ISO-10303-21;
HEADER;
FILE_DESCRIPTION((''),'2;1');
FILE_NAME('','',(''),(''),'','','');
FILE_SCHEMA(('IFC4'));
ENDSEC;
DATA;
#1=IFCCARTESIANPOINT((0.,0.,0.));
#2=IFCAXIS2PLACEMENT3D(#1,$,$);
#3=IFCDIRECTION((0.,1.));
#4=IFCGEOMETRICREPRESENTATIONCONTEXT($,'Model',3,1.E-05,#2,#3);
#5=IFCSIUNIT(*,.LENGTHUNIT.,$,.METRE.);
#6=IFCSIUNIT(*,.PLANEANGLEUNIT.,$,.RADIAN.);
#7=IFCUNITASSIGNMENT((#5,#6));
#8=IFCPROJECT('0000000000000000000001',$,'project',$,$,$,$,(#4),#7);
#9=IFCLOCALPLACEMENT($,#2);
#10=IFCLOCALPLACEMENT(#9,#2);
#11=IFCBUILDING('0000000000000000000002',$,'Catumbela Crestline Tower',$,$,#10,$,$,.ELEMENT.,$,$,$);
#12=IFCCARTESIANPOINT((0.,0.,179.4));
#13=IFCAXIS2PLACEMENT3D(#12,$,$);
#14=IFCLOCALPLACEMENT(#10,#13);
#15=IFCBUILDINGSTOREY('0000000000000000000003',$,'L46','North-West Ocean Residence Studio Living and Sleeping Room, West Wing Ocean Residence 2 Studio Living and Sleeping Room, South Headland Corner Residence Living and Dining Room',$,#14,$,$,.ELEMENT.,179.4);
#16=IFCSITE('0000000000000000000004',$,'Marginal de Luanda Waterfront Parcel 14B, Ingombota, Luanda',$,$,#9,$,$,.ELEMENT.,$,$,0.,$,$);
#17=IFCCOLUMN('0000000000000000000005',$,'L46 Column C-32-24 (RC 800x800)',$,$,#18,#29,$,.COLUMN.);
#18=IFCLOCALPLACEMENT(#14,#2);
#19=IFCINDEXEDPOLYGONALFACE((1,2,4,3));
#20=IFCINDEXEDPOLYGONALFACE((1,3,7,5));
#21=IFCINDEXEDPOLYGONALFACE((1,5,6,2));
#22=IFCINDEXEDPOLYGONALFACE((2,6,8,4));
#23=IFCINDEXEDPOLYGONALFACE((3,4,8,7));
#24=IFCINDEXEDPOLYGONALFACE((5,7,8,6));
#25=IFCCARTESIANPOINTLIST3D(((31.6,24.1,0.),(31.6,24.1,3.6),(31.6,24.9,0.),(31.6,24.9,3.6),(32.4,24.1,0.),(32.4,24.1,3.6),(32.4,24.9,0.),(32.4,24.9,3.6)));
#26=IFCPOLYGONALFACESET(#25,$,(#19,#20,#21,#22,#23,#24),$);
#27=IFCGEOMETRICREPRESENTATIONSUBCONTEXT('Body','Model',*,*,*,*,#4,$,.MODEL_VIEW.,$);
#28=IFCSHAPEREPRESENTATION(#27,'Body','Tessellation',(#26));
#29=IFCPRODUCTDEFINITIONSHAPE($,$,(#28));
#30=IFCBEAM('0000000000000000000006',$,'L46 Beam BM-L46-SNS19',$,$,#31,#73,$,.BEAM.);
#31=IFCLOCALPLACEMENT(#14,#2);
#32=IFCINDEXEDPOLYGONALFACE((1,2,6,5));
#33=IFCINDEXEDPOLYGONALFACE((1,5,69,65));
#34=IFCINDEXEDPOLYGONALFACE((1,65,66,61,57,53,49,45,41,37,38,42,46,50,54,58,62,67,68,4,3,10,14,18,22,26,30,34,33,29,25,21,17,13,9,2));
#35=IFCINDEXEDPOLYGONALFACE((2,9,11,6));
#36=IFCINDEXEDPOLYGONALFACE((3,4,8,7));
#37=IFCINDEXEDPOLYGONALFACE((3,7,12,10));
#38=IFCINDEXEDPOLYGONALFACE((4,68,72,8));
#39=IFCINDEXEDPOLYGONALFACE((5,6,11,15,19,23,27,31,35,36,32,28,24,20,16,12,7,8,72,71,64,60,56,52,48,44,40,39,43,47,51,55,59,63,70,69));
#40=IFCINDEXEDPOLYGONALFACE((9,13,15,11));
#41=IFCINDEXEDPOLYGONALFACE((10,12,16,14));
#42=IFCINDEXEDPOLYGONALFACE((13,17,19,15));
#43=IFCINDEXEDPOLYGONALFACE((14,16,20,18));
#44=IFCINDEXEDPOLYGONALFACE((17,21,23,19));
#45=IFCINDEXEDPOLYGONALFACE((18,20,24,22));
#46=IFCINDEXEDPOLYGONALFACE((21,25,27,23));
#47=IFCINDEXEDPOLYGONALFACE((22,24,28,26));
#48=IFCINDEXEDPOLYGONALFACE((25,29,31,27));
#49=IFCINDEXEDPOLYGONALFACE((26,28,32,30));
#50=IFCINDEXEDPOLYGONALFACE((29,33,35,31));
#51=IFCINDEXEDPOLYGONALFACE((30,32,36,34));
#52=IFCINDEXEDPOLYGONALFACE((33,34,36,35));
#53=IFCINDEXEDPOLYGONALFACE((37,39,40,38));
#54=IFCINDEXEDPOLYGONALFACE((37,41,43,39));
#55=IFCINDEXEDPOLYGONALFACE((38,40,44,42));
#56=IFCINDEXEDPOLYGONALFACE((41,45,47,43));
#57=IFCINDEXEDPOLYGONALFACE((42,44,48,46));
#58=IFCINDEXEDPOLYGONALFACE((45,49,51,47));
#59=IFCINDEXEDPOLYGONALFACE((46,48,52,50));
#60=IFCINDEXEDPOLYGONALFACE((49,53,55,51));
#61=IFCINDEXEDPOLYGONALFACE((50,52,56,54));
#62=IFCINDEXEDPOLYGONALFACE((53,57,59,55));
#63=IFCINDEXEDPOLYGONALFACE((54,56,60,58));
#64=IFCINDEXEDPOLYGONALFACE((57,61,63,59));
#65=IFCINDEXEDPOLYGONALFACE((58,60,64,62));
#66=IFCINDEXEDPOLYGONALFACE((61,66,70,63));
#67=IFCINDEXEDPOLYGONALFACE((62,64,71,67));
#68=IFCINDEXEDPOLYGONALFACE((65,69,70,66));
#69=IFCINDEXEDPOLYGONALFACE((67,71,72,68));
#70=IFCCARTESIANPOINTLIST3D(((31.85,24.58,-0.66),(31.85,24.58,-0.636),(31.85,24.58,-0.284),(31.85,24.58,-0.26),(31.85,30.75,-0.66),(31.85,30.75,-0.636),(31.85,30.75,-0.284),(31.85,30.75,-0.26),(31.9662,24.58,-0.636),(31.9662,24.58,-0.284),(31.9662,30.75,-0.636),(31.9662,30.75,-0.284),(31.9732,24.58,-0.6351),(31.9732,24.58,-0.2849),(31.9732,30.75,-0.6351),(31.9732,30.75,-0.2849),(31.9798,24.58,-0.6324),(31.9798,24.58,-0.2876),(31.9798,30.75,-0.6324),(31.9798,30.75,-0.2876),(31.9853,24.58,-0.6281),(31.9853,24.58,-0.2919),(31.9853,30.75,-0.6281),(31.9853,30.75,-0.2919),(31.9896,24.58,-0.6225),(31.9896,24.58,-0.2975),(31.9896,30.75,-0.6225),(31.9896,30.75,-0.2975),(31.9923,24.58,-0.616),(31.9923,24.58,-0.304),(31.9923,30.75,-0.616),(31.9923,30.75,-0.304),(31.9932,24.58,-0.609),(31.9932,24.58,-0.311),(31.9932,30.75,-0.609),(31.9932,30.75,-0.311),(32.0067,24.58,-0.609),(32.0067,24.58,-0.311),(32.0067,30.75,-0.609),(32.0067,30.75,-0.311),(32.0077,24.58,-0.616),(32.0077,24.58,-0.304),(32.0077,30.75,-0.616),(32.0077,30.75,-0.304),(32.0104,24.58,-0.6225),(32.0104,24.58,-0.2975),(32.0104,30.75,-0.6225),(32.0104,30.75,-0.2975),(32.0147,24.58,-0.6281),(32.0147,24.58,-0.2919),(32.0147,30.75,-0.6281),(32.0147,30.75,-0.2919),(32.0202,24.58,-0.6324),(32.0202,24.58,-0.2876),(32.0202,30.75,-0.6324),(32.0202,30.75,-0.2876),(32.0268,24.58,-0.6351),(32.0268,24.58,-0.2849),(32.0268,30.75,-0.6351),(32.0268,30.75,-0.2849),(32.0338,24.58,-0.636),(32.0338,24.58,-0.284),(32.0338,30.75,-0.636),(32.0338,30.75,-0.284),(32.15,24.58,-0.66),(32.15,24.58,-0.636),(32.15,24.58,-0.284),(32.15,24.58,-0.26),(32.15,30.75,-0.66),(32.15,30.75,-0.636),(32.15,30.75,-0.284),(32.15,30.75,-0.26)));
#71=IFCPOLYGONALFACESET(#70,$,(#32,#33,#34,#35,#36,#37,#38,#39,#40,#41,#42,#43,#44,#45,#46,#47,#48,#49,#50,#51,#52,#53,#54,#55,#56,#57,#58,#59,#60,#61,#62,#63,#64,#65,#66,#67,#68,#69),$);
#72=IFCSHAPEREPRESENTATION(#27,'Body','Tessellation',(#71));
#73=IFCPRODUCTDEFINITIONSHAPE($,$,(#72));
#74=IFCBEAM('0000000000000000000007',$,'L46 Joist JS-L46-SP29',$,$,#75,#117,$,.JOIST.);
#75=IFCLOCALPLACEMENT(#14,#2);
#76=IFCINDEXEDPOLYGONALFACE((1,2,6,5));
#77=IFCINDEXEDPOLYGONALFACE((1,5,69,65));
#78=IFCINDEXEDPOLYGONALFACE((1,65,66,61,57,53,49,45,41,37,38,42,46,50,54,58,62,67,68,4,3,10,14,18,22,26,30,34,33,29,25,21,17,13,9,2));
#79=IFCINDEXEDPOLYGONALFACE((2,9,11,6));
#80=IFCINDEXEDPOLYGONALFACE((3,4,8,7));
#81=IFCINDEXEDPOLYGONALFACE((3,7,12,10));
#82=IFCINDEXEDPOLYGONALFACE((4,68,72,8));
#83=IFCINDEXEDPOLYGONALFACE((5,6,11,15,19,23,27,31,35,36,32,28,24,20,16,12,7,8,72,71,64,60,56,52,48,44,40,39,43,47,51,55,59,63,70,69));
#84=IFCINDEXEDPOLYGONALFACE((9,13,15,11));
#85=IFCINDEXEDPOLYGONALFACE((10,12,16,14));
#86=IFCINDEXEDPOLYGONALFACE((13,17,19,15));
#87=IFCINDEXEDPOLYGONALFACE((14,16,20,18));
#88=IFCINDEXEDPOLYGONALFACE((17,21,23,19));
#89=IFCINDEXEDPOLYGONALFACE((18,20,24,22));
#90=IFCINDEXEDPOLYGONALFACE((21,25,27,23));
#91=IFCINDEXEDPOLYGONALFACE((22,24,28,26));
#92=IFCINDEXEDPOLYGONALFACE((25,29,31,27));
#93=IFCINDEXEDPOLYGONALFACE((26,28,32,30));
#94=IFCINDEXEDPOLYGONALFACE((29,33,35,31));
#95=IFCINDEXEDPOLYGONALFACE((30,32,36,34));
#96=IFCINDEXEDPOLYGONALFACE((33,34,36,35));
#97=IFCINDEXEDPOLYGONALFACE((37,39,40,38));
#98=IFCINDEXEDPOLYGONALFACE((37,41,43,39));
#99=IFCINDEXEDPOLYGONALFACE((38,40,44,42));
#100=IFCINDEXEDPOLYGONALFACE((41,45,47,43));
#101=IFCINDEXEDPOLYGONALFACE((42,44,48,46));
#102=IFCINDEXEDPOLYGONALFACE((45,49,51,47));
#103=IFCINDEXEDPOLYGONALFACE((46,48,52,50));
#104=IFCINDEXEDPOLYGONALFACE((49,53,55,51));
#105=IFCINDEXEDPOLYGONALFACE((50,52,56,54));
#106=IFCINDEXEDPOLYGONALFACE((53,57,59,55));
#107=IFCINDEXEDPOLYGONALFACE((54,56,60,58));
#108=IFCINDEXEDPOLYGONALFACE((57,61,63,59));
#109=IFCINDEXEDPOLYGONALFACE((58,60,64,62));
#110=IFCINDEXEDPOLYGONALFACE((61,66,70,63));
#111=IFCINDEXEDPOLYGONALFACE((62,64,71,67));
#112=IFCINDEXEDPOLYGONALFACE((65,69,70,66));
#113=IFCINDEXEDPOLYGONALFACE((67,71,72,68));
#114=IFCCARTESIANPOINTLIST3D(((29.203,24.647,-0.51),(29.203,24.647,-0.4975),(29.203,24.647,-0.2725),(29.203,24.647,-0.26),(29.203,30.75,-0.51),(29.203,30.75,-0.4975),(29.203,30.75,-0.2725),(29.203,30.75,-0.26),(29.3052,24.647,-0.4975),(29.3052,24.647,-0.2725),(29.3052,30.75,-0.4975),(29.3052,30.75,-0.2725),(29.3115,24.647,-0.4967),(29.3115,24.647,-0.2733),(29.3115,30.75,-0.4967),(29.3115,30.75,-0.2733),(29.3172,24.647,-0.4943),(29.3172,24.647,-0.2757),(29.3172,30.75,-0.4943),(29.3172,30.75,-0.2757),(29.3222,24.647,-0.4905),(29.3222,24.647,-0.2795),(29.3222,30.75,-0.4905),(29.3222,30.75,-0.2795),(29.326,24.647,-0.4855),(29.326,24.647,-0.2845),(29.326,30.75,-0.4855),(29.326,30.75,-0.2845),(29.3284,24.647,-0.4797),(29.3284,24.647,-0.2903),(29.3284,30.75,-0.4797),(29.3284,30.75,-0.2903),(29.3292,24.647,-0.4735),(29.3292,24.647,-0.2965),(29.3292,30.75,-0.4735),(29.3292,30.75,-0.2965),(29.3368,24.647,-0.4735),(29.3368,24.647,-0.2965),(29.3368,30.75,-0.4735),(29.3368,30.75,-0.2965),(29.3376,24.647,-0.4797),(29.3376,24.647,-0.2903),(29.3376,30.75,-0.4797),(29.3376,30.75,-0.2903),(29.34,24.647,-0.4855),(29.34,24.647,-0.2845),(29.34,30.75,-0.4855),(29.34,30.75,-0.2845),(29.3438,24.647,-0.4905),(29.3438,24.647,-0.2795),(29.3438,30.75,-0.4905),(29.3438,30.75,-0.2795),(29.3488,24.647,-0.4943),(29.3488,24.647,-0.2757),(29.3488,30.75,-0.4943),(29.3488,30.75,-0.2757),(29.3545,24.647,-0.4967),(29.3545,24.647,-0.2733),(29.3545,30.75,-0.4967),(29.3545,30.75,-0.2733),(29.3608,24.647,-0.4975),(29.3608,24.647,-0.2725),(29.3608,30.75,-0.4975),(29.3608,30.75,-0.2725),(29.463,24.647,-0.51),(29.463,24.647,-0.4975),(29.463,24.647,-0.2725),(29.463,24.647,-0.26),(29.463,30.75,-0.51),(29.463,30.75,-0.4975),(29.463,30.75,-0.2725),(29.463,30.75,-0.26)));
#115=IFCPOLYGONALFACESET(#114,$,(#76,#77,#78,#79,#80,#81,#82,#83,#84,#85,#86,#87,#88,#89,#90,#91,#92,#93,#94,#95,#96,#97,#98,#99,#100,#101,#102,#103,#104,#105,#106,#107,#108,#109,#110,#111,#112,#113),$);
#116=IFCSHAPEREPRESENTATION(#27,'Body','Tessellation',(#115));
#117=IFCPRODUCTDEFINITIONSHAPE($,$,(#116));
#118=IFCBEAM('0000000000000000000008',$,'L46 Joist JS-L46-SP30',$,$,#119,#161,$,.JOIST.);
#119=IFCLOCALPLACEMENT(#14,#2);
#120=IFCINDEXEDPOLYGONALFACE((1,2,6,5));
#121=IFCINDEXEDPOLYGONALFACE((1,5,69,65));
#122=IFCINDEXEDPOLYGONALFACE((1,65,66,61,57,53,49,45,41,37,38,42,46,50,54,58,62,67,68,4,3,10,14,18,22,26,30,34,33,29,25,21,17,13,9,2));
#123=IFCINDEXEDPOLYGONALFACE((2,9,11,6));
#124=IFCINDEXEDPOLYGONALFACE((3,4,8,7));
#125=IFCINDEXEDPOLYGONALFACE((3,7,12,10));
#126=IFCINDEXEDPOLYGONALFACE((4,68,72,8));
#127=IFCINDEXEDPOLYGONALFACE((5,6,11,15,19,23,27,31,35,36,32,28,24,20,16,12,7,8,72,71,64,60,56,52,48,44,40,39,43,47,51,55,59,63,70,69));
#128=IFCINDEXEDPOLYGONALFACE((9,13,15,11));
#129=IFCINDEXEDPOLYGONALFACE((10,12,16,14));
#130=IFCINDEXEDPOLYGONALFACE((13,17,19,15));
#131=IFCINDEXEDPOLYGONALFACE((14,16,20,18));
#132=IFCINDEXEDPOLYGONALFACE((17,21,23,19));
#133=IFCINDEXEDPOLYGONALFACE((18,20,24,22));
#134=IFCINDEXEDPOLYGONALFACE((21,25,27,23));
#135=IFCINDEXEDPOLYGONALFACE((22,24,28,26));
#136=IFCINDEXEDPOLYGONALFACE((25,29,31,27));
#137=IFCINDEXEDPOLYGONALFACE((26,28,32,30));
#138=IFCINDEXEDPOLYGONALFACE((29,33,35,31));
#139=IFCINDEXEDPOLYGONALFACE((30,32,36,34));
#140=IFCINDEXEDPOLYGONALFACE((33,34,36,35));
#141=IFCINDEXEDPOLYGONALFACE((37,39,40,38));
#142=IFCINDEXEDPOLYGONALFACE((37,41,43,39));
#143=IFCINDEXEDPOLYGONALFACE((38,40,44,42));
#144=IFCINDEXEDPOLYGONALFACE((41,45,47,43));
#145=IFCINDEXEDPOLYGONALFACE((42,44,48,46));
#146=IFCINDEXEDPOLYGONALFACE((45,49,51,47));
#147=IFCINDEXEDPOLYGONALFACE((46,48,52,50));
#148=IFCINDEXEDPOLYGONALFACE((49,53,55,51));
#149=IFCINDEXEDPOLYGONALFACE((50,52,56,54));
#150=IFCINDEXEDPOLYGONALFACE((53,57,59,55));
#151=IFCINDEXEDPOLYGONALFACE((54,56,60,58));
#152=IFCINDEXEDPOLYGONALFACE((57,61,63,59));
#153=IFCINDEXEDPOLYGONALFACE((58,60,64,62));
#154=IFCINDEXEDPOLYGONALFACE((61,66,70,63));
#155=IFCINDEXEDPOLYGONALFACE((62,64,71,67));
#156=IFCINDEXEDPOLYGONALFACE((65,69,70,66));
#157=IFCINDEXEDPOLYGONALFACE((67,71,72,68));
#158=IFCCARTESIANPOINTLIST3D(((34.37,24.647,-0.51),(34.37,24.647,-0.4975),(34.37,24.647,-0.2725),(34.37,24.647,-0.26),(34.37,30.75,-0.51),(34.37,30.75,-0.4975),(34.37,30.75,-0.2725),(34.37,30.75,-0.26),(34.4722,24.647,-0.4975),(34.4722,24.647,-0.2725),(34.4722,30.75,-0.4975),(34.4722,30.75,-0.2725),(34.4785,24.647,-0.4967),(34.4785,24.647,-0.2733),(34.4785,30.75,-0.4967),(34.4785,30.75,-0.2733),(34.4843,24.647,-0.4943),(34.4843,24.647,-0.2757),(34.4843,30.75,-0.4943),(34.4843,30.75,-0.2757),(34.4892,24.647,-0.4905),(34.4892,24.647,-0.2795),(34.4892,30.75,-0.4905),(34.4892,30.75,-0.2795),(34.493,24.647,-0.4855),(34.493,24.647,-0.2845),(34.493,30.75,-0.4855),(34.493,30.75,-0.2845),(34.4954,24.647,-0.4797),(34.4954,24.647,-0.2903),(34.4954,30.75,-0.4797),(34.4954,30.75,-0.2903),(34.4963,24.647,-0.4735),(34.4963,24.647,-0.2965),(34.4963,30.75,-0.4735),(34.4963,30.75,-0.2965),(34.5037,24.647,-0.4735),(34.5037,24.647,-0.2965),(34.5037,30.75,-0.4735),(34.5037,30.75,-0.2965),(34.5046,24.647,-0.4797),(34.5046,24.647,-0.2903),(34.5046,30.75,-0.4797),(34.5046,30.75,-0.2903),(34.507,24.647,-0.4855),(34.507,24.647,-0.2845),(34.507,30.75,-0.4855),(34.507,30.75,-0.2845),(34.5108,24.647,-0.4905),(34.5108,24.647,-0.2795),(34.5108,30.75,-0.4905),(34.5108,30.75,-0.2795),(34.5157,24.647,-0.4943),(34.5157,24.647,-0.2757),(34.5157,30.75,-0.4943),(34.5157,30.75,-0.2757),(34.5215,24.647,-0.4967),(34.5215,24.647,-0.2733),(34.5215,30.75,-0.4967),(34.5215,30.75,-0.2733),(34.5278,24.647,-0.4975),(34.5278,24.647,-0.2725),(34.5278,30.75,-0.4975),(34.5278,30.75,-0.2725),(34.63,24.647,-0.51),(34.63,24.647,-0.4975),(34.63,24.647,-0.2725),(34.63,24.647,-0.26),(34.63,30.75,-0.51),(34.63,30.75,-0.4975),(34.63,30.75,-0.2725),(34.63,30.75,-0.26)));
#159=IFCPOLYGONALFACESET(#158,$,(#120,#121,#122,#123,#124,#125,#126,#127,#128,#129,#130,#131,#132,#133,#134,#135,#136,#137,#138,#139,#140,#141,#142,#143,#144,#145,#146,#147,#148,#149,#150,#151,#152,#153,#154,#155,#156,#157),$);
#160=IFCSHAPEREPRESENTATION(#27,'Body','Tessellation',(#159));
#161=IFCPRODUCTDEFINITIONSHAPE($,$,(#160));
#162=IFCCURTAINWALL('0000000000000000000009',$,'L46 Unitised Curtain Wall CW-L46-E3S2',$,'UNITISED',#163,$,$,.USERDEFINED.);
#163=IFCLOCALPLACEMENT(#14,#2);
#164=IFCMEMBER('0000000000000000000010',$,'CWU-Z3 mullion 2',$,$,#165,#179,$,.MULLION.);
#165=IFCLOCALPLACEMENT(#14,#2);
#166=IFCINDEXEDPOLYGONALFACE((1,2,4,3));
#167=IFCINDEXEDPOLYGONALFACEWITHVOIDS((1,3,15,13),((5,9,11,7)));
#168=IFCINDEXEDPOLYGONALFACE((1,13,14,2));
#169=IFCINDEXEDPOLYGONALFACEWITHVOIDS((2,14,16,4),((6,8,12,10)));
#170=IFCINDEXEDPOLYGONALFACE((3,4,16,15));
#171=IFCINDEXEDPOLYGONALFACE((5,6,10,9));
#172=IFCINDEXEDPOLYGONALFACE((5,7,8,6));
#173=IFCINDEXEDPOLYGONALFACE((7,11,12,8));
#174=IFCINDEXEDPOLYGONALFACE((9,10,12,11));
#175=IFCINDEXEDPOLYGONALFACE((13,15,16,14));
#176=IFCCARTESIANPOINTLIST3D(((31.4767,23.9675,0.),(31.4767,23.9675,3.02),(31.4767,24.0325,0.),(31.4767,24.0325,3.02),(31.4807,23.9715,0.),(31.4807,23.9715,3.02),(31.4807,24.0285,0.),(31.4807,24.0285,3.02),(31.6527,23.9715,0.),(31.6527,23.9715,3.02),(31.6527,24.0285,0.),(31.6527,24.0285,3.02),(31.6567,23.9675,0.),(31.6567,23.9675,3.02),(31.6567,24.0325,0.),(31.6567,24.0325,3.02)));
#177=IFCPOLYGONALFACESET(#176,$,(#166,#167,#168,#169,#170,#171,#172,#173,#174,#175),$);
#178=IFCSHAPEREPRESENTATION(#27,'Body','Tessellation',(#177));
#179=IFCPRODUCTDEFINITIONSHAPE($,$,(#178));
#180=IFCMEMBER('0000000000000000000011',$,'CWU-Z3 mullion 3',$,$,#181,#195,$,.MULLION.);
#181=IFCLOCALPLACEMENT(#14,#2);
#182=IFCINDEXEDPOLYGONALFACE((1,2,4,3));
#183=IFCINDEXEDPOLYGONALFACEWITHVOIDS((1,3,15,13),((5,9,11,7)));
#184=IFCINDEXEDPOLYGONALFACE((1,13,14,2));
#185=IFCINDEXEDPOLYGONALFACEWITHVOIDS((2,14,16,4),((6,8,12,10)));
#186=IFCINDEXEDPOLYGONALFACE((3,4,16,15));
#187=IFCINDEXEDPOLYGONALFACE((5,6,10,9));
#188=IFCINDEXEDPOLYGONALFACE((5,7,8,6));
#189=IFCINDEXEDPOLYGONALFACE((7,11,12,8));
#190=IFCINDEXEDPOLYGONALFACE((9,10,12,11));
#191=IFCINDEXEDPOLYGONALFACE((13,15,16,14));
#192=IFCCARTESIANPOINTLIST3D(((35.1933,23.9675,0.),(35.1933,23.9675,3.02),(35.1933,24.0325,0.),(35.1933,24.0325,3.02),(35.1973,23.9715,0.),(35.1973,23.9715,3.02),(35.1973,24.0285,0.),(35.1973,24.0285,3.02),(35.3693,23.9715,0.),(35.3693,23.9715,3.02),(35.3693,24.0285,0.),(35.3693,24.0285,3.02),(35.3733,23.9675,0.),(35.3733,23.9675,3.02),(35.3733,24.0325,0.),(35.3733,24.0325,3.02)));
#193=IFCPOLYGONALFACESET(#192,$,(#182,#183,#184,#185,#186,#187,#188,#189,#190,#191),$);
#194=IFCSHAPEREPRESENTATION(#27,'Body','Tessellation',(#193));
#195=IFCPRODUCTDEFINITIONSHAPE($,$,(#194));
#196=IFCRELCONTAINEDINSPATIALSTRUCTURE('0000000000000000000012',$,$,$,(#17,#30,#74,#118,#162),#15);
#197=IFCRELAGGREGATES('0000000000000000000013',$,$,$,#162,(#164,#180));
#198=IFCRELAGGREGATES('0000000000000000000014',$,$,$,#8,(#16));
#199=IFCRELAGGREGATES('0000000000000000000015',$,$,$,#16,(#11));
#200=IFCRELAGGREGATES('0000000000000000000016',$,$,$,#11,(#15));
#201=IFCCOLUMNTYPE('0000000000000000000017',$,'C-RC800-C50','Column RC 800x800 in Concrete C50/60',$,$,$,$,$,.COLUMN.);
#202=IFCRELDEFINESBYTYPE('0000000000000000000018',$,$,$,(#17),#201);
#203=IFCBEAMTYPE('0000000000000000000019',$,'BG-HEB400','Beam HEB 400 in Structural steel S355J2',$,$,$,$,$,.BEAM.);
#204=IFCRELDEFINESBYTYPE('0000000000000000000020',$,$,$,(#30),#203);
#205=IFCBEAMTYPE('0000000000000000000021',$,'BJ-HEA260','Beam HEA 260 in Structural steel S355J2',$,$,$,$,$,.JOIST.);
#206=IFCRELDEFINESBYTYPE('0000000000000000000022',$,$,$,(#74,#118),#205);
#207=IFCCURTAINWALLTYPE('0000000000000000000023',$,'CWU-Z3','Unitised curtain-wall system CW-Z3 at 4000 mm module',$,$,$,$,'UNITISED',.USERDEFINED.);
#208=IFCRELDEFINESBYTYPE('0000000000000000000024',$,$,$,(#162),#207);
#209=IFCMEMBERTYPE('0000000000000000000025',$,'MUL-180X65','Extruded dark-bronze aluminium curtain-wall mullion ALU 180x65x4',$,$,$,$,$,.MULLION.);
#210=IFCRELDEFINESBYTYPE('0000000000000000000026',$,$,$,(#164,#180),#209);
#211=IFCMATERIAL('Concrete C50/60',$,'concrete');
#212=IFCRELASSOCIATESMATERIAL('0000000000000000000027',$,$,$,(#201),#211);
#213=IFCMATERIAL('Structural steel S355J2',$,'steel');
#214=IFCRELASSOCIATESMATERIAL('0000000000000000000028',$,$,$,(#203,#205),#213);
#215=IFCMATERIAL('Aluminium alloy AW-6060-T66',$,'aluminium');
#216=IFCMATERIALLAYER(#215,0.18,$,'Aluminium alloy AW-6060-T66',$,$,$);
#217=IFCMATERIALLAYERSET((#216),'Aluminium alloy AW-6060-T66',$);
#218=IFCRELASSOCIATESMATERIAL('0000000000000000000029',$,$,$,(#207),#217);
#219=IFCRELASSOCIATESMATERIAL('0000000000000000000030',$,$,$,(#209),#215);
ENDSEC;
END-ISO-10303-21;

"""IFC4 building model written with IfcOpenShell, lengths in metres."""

from ifc_helpers import new_model, si_unit, direction, frame, origin, origin_2d, place, context, subcontext, project, spatial, rectangle, hollow_rectangle, i_section, extrude, material, layer, layer_set, material_profile, profile_set, type_object, element, aggregate, save


model = new_model("IFC4")

# Units and contexts
model_context = context("Model", 3, precision=1e-05, world=origin(), true_north=direction((0.0, 1.0)))
body_context = subcontext(model_context, "Body", "Model", "MODEL_VIEW")
ifc_project = project(units=[si_unit("LENGTHUNIT", "METRE"), si_unit("PLANEANGLEUNIT", "RADIAN")], contexts=[model_context])

# Site, building, storey
site_placement = place(None, origin())
site = spatial("IfcSite", under=ifc_project, at=site_placement, Name="Marginal de Luanda Waterfront Parcel 14B, Ingombota, Luanda", CompositionType="ELEMENT", RefElevation=0.0)
building_placement = place(site_placement, origin())
building = spatial("IfcBuilding", under=site, at=building_placement, Name="Catumbela Crestline Tower", CompositionType="ELEMENT")
storey_placement = place(building_placement, frame((0.0, 0.0, 179.4)))
storey = spatial("IfcBuildingStorey", under=building, at=storey_placement, Name="L46", Description="North-West Ocean Residence Studio Living and Sleeping Room, West Wing Ocean Residence 2 Studio Living and Sleeping Room, South Headland Corner Residence Living and Dining Room", CompositionType="ELEMENT", Elevation=179.4)

# Column
ifc_material_1 = material(Name="Concrete C50/60", Category="concrete")
ifc_material_profile_1 = material_profile(ifc_material_1, rectangle(XDim=0.8, YDim=0.8, at=origin_2d()), Name="RC 800x800")
ifc_profile_set_1 = profile_set([ifc_material_profile_1], Name="Concrete C50/60")
column_type = type_object("IfcColumnType", Name="C-RC800-C50", Description="Column RC 800x800 in Concrete C50/60", PredefinedType="COLUMN", material=ifc_profile_set_1)
column_placement = place(storey_placement, frame((32.0, 24.5, 0.0), z_axis=(0.0, 0.0, 1.0), x_axis=(1.0, 0.0, 0.0)))
element("IfcColumn", 1, at=column_placement, inside=storey, type_object=column_type, Name="L46 Column C-32-24 (RC 800x800)", PredefinedType="COLUMN", context=body_context, shape_type="SweptSolid", body=[
    extrude(rectangle(XDim=0.8, YDim=0.8, at=origin_2d()), origin(), (0.0, 0.0, 1.0), 3.6),
])

# Beams
ifc_material_2 = material(Name="Structural steel S355J2", Category="steel")
ifc_material_profile_2 = material_profile(ifc_material_2, i_section(OverallWidth=0.3, OverallDepth=0.4, WebThickness=0.0135, FlangeThickness=0.024, FilletRadius=0.027, at=origin_2d()), Name="HEB 400")
ifc_profile_set_2 = profile_set([ifc_material_profile_2], Name="Structural steel S355J2")
beam_type_1 = type_object("IfcBeamType", Name="BG-HEB400", Description="Beam HEB 400 in Structural steel S355J2", PredefinedType="BEAM", material=ifc_profile_set_2)
beam_1_placement = place(storey_placement, frame((32.0, 24.58, -0.46), z_axis=(0.0, 1.0, 0.0), x_axis=(-1.0, 0.0, 0.0)))
element("IfcBeam", 2, at=beam_1_placement, inside=storey, type_object=beam_type_1, Name="L46 Beam BM-L46-SNS19", PredefinedType="BEAM", context=body_context, shape_type="SweptSolid", body=[
    extrude(i_section(OverallWidth=0.3, OverallDepth=0.4, WebThickness=0.0135, FlangeThickness=0.024, FilletRadius=0.027, at=origin_2d()), origin(), (0.0, 0.0, 1.0), 6.17),
])
ifc_material_profile_3 = material_profile(ifc_material_2, i_section(OverallWidth=0.26, OverallDepth=0.25, WebThickness=0.0075, FlangeThickness=0.0125, FilletRadius=0.024, at=origin_2d()), Name="HEA 260")
ifc_profile_set_3 = profile_set([ifc_material_profile_3], Name="Structural steel S355J2")
beam_type_2 = type_object("IfcBeamType", Name="BJ-HEA260", Description="Beam HEA 260 in Structural steel S355J2", PredefinedType="JOIST", material=ifc_profile_set_3)
for number, where, z_axis, x_axis, name in (
    (3, (29.333, 24.647, -0.385), (0.0, 1.0, 0.0), (-1.0, 0.0, 0.0), "L46 Joist JS-L46-SP29"),
    (4, (34.5, 24.647, -0.385), (0.0, 1.0, 0.0), (-1.0, 0.0, 0.0), "L46 Joist JS-L46-SP30"),
):
    element("IfcBeam", number, at=place(storey_placement, frame(where, z_axis=z_axis, x_axis=x_axis)), inside=storey, type_object=beam_type_2, Name=name, PredefinedType="JOIST", context=body_context, shape_type="SweptSolid", body=[
        extrude(i_section(OverallWidth=0.26, OverallDepth=0.25, WebThickness=0.0075, FlangeThickness=0.0125, FilletRadius=0.024, at=origin_2d()), origin(), (0.0, 0.0, 1.0), 6.103),
    ])

# Curtain wall, members
ifc_material_3 = material(Name="Aluminium alloy AW-6060-T66", Category="aluminium")
ifc_layer_1 = layer(ifc_material_3, 0.18, Name="Aluminium alloy AW-6060-T66")
ifc_layer_set_1 = layer_set([ifc_layer_1], Name="Aluminium alloy AW-6060-T66")
curtain_wall_type = type_object("IfcCurtainWallType", Name="CWU-Z3", Description="Unitised curtain-wall system CW-Z3 at 4000 mm module", ElementType="UNITISED", PredefinedType="USERDEFINED", material=ifc_layer_set_1)
curtain_wall_placement = place(storey_placement, origin())
curtain_wall = element("IfcCurtainWall", 5, at=curtain_wall_placement, inside=storey, type_object=curtain_wall_type, Name="L46 Unitised Curtain Wall CW-L46-E3S2", ObjectType="UNITISED", PredefinedType="USERDEFINED")
ifc_material_profile_4 = material_profile(ifc_material_3, hollow_rectangle(XDim=0.065, YDim=0.18, WallThickness=0.004, at=origin_2d()), Name="ALU 180x65x4")
ifc_profile_set_4 = profile_set([ifc_material_profile_4], Name="Aluminium alloy AW-6060-T66")
member_type_1 = type_object("IfcMemberType", Name="MUL-180X65", Description="Extruded dark-bronze aluminium curtain-wall mullion ALU 180x65x4", PredefinedType="MULLION", material=ifc_profile_set_4)
member_1_placement = place(storey_placement, frame((31.5667, 24.0, 0.0), z_axis=(0.0, 0.0, 1.0), x_axis=(0.0, 1.0, 0.0)))
member_1 = element("IfcMember", 6, at=member_1_placement, type_object=member_type_1, Name="CWU-Z3 mullion 2", PredefinedType="MULLION", context=body_context, shape_type="SweptSolid", body=[
    extrude(hollow_rectangle(XDim=0.065, YDim=0.18, WallThickness=0.004, at=origin_2d()), origin(), (0.0, 0.0, 1.0), 3.02),
])
member_2_placement = place(storey_placement, frame((35.2833, 24.0, 0.0), z_axis=(0.0, 0.0, 1.0), x_axis=(0.0, 1.0, 0.0)))
member_2 = element("IfcMember", 7, at=member_2_placement, type_object=member_type_1, Name="CWU-Z3 mullion 3", PredefinedType="MULLION", context=body_context, shape_type="SweptSolid", body=[
    extrude(hollow_rectangle(XDim=0.065, YDim=0.18, WallThickness=0.004, at=origin_2d()), origin(), (0.0, 0.0, 1.0), 3.02),
])

aggregate(curtain_wall, [member_1, member_2])

save(model, "model.ifc")
